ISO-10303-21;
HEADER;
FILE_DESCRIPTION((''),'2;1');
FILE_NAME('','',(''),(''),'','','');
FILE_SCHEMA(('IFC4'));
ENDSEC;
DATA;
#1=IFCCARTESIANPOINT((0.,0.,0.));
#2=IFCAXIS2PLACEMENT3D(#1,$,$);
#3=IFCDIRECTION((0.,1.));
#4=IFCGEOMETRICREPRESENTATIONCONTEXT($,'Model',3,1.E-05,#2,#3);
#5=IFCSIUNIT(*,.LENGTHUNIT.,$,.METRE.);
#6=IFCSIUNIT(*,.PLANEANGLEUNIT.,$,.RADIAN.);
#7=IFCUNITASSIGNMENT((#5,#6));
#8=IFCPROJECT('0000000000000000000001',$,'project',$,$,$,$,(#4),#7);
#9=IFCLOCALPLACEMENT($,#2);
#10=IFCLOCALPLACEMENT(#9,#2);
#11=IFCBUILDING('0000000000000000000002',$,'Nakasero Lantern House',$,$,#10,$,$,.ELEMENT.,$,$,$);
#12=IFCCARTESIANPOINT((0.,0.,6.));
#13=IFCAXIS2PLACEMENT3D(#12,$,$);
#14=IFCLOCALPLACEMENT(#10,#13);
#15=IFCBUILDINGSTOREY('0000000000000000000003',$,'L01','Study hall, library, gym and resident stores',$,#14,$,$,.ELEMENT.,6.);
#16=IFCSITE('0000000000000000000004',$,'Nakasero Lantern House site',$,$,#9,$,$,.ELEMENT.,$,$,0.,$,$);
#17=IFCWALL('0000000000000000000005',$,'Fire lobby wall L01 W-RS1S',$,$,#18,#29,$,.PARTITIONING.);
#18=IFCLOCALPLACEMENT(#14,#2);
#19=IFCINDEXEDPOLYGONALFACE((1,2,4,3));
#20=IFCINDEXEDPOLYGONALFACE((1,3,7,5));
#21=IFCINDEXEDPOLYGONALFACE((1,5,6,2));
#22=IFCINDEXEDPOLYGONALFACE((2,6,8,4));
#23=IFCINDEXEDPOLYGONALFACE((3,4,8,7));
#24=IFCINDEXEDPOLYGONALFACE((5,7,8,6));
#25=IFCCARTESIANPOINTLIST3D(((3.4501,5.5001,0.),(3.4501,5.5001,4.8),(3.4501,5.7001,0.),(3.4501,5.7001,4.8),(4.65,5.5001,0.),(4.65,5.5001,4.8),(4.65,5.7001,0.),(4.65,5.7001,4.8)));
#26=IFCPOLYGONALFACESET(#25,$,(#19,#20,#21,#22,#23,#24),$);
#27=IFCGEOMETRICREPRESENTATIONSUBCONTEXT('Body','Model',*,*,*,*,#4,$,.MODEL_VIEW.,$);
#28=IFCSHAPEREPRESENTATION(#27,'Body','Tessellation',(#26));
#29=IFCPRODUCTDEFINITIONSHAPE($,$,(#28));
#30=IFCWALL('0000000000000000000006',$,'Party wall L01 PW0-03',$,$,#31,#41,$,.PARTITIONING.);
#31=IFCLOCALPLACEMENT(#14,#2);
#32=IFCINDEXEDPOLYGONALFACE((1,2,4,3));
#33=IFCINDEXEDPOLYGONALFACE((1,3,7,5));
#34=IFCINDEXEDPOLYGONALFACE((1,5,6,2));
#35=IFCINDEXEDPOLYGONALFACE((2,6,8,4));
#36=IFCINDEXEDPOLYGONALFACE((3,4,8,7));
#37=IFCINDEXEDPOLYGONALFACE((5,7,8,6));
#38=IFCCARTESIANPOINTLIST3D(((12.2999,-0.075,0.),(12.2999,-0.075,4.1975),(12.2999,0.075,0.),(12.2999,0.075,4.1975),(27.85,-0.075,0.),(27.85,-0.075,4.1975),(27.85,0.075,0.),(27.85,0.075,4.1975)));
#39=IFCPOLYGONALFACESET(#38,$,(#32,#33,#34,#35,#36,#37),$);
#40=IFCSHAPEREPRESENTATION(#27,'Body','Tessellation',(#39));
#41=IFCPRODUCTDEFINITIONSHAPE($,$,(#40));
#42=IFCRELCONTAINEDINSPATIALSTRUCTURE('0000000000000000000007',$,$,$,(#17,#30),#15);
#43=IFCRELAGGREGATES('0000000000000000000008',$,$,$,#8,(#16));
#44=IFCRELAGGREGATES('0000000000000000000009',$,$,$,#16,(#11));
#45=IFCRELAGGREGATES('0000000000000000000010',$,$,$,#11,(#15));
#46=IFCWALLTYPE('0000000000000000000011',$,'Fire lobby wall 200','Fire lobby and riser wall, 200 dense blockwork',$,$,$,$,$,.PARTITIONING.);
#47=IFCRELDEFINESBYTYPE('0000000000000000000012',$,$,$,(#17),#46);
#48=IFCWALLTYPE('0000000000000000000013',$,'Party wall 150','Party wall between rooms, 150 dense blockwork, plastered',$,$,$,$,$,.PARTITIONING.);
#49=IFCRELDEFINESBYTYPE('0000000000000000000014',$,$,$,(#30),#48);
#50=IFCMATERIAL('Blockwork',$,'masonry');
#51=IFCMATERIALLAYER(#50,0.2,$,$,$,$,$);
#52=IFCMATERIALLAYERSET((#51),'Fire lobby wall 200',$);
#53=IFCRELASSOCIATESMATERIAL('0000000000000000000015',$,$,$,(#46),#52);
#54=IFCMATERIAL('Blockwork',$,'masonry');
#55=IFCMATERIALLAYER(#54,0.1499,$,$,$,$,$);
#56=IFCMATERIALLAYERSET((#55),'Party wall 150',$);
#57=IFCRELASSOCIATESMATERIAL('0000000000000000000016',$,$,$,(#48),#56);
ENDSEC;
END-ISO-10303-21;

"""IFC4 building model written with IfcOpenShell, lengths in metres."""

from ifc_helpers import new_model, si_unit, direction, frame, frame_2d, origin, place, context, subcontext, project, spatial, rectangle, extrude, material, layer, layer_set, type_object, element, save


model = new_model("IFC4")

# Units and contexts
model_context = context("Model", 3, precision=1e-05, world=origin(), true_north=direction((0.0, 1.0)))
body_context = subcontext(model_context, "Body", "Model", "MODEL_VIEW")
ifc_project = project(units=[si_unit("LENGTHUNIT", "METRE"), si_unit("PLANEANGLEUNIT", "RADIAN")], contexts=[model_context])

# Site, building, storey
site_placement = place(None, origin())
site = spatial("IfcSite", under=ifc_project, at=site_placement, Name="Nakasero Lantern House site", CompositionType="ELEMENT", RefElevation=0.0)
building_placement = place(site_placement, origin())
building = spatial("IfcBuilding", under=site, at=building_placement, Name="Nakasero Lantern House", CompositionType="ELEMENT")
storey_placement = place(building_placement, frame((0.0, 0.0, 6.0)))
storey = spatial("IfcBuildingStorey", under=building, at=storey_placement, Name="L01", Description="Study hall, library, gym and resident stores", CompositionType="ELEMENT", Elevation=6.0)

# Shared definitions
ifc_material_1 = material(Name="Blockwork", Category="masonry")
ifc_layer_1 = layer(ifc_material_1, 0.2)
ifc_layer_set_1 = layer_set([ifc_layer_1], Name="Fire lobby wall 200")
wall_type_1 = type_object("IfcWallType", Name="Fire lobby wall 200", Description="Fire lobby and riser wall, 200 dense blockwork", PredefinedType="PARTITIONING", material=ifc_layer_set_1)

# Walls
for number, where, z_axis, x_axis, name in (
    (1, (3.45, 5.6001, 0.0), (0.0, 0.0, 1.0), (1.0, 0.0, 0.0), "Fire lobby wall L01 W-RS1S"),
):
    element("IfcWall", number, at=place(storey_placement, frame(where, z_axis=z_axis, x_axis=x_axis)), inside=storey, type_object=wall_type_1, Name=name, PredefinedType="PARTITIONING", context=body_context, shape_type="SweptSolid", body=[
        extrude(rectangle(XDim=1.2, YDim=0.2, at=frame_2d((0.6001, 0.0))), origin(), (0.0, 0.0, 1.0), 4.8),
    ])
ifc_material_2 = material(Name="Blockwork", Category="masonry")
ifc_layer_2 = layer(ifc_material_2, 0.1499)
ifc_layer_set_2 = layer_set([ifc_layer_2], Name="Party wall 150")
wall_type_2 = type_object("IfcWallType", Name="Party wall 150", Description="Party wall between rooms, 150 dense blockwork, plastered", PredefinedType="PARTITIONING", material=ifc_layer_set_2)
wall_1_placement = place(storey_placement, frame((12.3, 0.0, 0.0), z_axis=(0.0, 0.0, 1.0), x_axis=(1.0, 0.0, 0.0)))
element("IfcWall", 2, at=wall_1_placement, inside=storey, type_object=wall_type_2, Name="Party wall L01 PW0-03", PredefinedType="PARTITIONING", context=body_context, shape_type="SweptSolid", body=[
    extrude(rectangle(XDim=15.55, YDim=0.1499, at=frame_2d((7.7749, 0.0))), origin(), (0.0, 0.0, 1.0), 4.1975),
])

save(model, "model.ifc")
